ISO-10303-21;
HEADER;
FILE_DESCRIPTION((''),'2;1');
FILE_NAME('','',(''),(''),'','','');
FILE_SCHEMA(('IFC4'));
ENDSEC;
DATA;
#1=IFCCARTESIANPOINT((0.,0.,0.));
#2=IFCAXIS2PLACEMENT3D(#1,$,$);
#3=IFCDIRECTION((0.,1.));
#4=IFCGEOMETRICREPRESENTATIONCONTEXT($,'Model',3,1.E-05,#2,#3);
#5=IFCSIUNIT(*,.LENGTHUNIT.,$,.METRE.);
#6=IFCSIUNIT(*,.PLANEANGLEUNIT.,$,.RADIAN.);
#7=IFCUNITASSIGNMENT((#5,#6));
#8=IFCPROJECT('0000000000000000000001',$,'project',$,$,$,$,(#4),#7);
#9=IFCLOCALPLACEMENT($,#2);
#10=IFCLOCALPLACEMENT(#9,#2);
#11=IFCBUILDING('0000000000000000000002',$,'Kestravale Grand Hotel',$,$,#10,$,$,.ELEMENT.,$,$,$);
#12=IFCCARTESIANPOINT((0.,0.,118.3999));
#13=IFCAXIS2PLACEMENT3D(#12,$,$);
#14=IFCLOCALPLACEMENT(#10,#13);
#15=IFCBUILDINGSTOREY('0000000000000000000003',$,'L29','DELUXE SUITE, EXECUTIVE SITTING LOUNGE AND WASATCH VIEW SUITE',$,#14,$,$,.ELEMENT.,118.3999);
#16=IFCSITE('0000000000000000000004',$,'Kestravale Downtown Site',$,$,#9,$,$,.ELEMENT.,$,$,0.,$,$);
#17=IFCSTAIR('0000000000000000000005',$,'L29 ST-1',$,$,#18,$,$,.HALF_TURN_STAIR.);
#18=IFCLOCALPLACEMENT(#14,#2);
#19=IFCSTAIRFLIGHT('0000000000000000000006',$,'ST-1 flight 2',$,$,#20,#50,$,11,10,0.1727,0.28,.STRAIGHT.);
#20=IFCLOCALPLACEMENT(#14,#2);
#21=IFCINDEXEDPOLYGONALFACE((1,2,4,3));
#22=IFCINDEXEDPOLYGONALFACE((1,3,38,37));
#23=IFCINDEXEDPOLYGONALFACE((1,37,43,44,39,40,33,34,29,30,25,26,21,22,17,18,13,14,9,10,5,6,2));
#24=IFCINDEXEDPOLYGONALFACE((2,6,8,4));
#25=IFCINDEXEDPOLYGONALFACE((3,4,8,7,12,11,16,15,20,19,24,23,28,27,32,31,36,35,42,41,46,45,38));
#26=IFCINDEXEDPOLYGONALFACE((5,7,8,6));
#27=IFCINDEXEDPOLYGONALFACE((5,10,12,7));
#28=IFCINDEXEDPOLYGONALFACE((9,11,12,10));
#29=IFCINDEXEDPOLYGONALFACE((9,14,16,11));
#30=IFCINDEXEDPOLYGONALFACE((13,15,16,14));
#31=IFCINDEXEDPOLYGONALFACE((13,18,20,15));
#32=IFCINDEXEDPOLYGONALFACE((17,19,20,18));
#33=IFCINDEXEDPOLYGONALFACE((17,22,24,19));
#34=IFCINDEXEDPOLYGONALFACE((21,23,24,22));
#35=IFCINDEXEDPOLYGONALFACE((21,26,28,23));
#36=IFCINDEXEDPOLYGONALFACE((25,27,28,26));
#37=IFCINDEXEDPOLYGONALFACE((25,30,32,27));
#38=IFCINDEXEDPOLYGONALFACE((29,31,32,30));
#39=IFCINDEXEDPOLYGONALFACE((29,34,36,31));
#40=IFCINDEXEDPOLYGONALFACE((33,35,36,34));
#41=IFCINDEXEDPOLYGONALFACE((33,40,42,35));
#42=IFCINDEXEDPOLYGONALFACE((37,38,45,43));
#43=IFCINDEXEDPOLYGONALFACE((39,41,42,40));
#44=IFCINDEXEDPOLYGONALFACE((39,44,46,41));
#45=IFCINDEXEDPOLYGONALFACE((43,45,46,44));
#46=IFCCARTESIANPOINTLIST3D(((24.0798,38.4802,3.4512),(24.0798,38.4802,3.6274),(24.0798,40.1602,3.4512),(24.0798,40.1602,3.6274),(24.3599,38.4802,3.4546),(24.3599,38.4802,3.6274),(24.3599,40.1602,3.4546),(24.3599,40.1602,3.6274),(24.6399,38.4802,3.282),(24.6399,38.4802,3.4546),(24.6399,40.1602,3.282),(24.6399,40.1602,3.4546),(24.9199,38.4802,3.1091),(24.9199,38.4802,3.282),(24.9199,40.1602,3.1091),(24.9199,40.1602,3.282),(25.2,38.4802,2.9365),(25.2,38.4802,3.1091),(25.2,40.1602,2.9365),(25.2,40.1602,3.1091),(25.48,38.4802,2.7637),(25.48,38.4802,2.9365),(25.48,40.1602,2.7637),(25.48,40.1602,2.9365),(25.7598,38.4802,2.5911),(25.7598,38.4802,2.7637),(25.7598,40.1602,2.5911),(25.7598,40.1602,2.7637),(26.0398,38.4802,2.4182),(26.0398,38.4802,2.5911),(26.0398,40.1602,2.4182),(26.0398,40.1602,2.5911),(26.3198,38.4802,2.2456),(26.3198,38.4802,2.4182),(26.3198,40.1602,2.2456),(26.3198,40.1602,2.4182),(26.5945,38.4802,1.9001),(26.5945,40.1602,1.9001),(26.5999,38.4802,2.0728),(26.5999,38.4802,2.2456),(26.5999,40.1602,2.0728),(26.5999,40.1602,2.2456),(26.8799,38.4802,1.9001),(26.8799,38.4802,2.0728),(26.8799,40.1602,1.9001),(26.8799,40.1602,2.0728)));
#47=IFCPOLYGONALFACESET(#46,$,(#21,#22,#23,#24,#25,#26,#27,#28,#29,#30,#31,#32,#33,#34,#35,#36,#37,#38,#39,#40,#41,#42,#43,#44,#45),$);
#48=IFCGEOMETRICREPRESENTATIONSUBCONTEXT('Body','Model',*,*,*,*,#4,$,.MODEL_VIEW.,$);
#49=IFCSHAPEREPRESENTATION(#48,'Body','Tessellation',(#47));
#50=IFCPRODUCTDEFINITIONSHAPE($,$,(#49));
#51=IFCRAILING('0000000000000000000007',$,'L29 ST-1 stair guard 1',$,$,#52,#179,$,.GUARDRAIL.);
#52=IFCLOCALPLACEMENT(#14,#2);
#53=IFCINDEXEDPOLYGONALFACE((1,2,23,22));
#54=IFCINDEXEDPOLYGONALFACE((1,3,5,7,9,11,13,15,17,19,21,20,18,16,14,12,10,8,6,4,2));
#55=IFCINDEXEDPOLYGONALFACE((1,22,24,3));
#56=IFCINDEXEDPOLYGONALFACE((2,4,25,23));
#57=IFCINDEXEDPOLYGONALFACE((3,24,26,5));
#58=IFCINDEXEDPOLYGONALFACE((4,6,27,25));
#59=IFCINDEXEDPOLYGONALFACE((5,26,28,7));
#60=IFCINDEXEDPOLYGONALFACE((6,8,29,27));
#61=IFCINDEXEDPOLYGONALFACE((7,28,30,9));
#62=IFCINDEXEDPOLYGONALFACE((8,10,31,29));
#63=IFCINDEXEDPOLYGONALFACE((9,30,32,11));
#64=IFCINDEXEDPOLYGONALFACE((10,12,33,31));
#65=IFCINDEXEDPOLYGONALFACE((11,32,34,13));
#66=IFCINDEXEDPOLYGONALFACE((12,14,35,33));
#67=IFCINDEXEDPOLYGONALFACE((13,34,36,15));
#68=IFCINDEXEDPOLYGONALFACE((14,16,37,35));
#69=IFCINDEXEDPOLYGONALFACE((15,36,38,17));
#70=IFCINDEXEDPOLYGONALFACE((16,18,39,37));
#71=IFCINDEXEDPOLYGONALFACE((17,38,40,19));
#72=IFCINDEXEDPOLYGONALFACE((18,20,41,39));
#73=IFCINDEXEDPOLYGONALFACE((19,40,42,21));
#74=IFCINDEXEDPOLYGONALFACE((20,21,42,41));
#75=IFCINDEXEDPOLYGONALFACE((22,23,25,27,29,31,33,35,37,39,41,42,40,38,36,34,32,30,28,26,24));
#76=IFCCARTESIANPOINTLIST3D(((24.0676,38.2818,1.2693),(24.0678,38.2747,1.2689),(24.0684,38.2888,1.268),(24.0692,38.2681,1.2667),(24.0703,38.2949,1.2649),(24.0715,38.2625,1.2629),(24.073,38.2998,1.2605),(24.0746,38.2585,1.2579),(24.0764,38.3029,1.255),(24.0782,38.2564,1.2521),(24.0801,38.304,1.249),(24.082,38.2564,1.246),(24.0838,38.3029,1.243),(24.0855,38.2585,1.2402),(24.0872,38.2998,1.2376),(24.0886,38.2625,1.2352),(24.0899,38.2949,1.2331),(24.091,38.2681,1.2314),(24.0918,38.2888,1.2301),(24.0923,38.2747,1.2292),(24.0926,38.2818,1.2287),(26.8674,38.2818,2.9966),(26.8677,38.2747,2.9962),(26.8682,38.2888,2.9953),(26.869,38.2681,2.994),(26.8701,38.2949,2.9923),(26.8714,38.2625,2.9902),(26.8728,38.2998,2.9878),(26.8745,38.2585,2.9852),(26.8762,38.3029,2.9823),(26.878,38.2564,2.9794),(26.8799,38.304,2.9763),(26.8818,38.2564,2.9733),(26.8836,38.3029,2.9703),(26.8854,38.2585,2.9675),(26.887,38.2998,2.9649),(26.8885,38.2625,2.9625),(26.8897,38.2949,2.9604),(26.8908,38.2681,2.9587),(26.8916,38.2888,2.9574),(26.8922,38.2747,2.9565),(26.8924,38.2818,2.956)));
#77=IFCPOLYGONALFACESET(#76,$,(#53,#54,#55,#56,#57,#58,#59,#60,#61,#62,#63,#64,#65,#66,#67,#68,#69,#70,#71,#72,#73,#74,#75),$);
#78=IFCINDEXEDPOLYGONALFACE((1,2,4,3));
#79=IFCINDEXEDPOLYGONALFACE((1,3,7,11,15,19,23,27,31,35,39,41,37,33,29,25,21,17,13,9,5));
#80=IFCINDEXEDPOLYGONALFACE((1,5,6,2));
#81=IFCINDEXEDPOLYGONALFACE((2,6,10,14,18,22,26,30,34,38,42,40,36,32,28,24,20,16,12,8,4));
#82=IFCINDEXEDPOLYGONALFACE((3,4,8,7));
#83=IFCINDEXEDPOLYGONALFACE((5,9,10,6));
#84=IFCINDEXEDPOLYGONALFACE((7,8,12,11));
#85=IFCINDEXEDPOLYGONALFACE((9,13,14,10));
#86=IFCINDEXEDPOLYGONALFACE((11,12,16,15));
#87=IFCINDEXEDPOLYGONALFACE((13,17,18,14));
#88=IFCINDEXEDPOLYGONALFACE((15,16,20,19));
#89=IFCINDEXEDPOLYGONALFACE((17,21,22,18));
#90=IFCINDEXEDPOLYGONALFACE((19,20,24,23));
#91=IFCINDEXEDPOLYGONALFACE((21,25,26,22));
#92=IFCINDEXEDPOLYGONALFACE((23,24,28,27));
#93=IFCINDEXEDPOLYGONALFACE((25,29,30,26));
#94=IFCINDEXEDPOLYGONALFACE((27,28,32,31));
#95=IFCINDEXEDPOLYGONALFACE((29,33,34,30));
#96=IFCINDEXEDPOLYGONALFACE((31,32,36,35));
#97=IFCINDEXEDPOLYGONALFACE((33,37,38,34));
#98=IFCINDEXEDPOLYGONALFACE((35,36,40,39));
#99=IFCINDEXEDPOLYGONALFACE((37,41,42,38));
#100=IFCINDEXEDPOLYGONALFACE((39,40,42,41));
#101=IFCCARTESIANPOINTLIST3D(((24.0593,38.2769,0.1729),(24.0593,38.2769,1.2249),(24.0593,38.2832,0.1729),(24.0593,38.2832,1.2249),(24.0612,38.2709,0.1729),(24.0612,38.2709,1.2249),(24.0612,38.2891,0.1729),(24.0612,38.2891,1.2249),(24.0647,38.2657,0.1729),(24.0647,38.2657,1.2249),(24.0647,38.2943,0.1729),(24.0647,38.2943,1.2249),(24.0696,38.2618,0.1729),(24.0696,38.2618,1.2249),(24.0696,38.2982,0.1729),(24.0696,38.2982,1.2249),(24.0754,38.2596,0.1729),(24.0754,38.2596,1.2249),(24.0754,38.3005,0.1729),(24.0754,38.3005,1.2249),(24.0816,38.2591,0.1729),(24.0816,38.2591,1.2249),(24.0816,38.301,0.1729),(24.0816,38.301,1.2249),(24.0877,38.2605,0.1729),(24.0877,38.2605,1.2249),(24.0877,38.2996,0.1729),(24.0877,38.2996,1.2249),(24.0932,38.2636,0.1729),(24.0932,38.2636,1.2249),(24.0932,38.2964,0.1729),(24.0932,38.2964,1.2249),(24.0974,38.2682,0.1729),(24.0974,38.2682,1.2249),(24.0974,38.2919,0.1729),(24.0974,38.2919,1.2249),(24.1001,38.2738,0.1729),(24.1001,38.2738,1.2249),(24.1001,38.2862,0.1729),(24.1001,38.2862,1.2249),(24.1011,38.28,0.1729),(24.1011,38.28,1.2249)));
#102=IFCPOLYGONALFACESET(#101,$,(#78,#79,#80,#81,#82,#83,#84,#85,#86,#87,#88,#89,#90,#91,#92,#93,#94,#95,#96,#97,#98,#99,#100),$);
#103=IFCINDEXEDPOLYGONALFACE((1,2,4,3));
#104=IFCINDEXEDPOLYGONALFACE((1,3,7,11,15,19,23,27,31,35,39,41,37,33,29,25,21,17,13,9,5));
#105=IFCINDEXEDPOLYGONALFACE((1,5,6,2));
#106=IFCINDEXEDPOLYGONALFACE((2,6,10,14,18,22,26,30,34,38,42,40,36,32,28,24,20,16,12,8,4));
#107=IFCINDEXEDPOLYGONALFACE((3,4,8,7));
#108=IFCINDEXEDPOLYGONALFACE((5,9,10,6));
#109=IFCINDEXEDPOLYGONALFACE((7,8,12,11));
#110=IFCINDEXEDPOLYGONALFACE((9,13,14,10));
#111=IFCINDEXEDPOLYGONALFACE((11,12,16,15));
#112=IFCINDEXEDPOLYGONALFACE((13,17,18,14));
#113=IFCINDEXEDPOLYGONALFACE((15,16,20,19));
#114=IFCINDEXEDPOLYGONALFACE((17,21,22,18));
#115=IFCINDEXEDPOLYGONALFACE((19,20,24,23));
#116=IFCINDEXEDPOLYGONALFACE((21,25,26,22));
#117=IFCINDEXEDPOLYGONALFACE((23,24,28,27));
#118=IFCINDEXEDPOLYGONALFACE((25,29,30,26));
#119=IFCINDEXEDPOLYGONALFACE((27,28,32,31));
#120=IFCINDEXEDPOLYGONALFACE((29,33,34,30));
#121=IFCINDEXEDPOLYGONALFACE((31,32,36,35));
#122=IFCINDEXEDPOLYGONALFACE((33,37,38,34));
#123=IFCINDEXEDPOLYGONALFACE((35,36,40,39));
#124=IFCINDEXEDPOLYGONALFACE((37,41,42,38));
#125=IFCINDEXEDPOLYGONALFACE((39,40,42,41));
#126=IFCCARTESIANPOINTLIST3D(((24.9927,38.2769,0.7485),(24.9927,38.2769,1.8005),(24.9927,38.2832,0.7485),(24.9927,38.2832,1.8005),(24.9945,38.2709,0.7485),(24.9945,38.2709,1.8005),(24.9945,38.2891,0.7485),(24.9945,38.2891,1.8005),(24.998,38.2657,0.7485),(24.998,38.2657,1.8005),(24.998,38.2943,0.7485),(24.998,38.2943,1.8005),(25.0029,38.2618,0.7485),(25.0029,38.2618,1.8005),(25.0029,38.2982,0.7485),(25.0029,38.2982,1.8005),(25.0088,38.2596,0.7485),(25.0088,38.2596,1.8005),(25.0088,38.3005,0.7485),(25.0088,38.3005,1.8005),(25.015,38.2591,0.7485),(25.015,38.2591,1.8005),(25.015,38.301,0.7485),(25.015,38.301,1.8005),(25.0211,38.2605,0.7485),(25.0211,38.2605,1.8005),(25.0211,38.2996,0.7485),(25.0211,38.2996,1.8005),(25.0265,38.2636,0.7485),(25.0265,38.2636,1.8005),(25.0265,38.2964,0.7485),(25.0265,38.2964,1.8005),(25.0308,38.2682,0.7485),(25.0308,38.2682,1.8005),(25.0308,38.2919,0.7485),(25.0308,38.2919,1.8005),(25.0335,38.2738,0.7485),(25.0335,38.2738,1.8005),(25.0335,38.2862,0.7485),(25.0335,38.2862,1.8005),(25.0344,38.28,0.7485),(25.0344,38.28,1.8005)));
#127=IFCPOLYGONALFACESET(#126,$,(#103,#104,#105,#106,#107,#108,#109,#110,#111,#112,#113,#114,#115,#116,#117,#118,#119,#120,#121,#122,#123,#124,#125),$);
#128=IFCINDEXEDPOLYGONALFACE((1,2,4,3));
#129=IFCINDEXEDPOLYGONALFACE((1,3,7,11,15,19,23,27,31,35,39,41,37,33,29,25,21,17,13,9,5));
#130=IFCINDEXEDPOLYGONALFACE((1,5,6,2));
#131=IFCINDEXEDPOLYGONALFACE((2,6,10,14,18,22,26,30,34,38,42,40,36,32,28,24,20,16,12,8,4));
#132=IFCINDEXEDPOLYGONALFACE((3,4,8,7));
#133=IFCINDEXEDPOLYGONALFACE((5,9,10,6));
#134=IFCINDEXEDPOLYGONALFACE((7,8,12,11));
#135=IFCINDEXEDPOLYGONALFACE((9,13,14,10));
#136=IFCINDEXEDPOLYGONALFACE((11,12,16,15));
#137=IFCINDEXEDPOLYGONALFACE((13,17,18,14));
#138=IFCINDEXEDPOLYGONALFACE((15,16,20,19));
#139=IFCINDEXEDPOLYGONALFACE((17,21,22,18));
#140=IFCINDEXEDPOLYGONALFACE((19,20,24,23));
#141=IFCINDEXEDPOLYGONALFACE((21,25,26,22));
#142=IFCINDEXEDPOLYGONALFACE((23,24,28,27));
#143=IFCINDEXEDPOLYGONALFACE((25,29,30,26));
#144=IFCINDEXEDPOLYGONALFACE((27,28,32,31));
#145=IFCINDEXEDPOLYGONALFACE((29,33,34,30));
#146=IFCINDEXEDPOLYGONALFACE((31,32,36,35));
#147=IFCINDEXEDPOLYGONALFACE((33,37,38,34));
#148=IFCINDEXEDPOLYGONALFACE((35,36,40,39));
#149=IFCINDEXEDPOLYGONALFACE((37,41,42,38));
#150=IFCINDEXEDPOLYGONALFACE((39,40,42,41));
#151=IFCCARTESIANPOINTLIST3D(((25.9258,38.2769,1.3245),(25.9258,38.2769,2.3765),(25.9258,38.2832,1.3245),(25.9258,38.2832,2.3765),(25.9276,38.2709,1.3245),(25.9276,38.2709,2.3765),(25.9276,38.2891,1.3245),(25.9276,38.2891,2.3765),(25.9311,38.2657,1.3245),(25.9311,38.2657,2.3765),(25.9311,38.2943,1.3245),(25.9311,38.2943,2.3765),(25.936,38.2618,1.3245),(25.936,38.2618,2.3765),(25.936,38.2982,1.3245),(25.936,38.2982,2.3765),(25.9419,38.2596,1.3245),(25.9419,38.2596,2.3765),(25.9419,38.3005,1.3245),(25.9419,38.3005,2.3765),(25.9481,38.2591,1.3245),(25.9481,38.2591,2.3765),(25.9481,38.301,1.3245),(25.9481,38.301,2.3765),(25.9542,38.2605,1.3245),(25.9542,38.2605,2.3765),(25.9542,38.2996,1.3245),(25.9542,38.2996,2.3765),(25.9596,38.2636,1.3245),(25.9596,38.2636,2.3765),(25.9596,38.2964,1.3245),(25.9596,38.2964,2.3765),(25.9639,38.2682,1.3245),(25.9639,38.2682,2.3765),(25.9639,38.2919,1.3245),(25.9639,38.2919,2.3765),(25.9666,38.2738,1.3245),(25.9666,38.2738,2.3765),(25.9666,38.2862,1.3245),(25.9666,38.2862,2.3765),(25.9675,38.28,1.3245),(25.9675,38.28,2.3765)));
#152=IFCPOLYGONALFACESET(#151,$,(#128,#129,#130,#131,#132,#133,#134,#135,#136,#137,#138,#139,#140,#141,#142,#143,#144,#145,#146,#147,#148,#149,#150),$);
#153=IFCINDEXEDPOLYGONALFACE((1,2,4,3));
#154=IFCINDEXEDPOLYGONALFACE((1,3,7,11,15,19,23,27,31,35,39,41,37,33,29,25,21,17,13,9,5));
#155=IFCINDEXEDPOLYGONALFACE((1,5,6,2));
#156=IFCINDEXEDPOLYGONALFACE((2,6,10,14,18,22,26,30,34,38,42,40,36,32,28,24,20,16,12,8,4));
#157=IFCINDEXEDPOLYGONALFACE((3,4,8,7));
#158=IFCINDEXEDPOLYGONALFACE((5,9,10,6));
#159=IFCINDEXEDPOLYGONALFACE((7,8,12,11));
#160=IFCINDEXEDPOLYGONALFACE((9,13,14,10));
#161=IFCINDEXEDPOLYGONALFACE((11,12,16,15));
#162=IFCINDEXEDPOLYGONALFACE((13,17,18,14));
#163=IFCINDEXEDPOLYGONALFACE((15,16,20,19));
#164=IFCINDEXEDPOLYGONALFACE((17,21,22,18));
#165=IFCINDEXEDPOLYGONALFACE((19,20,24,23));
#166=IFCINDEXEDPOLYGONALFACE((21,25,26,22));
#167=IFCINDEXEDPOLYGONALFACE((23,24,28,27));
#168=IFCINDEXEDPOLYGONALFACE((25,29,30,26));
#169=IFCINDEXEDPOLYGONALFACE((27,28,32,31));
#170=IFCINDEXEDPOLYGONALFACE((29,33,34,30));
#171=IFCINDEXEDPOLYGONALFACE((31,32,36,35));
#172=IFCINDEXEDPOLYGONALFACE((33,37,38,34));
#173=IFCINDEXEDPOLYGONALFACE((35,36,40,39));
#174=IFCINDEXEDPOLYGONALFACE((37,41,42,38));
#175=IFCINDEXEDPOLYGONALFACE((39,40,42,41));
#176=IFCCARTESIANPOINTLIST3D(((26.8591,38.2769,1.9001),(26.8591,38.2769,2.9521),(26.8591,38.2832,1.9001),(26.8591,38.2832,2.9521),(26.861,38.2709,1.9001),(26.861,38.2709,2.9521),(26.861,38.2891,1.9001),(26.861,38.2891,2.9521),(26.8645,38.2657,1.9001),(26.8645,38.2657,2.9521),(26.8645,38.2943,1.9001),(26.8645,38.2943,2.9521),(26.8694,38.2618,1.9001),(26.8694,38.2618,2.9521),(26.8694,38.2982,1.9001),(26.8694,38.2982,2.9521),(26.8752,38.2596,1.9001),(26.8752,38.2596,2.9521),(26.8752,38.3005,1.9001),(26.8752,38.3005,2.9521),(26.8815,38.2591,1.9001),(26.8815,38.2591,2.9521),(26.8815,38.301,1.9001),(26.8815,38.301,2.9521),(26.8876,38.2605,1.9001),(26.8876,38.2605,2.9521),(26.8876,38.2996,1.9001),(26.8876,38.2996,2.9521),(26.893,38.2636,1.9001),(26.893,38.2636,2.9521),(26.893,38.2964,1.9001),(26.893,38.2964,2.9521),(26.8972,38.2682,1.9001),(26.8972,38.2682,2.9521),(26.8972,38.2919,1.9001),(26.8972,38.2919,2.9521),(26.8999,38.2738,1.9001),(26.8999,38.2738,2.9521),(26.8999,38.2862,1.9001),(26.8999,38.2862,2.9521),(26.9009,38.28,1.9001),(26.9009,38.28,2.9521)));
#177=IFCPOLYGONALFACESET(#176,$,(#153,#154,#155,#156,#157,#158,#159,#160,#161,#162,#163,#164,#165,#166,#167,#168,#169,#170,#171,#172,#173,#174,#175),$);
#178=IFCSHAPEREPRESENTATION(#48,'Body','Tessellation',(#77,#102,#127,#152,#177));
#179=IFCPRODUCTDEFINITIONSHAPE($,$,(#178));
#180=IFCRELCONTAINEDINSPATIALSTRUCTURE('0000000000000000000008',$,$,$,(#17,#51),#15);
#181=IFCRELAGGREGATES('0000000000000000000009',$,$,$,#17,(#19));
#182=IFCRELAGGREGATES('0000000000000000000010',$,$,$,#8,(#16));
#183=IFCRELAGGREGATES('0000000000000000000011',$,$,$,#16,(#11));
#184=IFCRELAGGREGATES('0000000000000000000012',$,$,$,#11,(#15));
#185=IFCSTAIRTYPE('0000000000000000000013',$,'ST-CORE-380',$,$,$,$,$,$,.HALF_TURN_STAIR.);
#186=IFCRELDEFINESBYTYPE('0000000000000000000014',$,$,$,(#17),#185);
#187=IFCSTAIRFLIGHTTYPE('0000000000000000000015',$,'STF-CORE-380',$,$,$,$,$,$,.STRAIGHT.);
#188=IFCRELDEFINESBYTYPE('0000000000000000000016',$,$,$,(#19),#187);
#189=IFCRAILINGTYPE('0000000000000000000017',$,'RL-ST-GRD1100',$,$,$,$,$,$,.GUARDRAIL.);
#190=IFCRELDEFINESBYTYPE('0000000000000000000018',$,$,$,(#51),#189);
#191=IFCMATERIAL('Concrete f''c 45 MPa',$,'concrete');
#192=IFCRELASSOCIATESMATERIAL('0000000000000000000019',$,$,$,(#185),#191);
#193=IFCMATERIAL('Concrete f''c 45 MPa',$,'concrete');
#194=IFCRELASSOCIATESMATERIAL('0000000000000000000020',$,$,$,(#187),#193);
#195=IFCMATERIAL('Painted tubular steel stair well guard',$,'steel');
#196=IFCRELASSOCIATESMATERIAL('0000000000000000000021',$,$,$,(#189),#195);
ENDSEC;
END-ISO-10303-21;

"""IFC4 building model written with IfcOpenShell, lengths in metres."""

from ifc_helpers import new_model, si_unit, direction, frame, origin, origin_2d, place, context, subcontext, project, spatial, polyline, circle, outline, extrude, material, type_object, element, aggregate, save


model = new_model("IFC4")

# Units and contexts
model_context = context("Model", 3, precision=1e-05, world=origin(), true_north=direction((0.0, 1.0)))
body_context = subcontext(model_context, "Body", "Model", "MODEL_VIEW")
ifc_project = project(units=[si_unit("LENGTHUNIT", "METRE"), si_unit("PLANEANGLEUNIT", "RADIAN")], contexts=[model_context])

# Site, building, storey
site_placement = place(None, origin())
site = spatial("IfcSite", under=ifc_project, at=site_placement, Name="Kestravale Downtown Site", CompositionType="ELEMENT", RefElevation=0.0)
building_placement = place(site_placement, origin())
building = spatial("IfcBuilding", under=site, at=building_placement, Name="Kestravale Grand Hotel", CompositionType="ELEMENT")
storey_placement = place(building_placement, frame((0.0, 0.0, 118.3999)))
storey = spatial("IfcBuildingStorey", under=building, at=storey_placement, Name="L29", Description="DELUXE SUITE, EXECUTIVE SITTING LOUNGE AND WASATCH VIEW SUITE", CompositionType="ELEMENT", Elevation=118.3999)

# Stair, stair flight
ifc_material_1 = material(Name="Concrete f'c 45 MPa", Category="concrete")
stair_type = type_object("IfcStairType", Name="ST-CORE-380", PredefinedType="HALF_TURN_STAIR", material=ifc_material_1)
stair_placement = place(storey_placement, origin())
stair = element("IfcStair", 1, at=stair_placement, inside=storey, type_object=stair_type, Name="L29 ST-1", PredefinedType="HALF_TURN_STAIR")
ifc_material_2 = material(Name="Concrete f'c 45 MPa", Category="concrete")
stair_flight_type = type_object("IfcStairFlightType", Name="STF-CORE-380", PredefinedType="STRAIGHT", material=ifc_material_2)
stair_flight_1_placement = place(storey_placement, frame((26.8799, 39.3201, 1.9001), z_axis=(0.0, 0.0, 1.0), x_axis=(-1.0, 0.0, 0.0)))
stair_flight_1 = element("IfcStairFlight", 2, at=stair_flight_1_placement, type_object=stair_flight_type, Name="ST-1 flight 2", NumberOfRisers=11, NumberOfTreads=10, PredefinedType="STRAIGHT", RiserHeight=0.1727, TreadLength=0.28, context=body_context, shape_type="SweptSolid", body=[
    extrude(outline(polyline([(0.0, 0.0), (0.0, 0.1726), (0.28, 0.1726), (0.28, 0.3455), (0.5601, 0.3455), (0.5601, 0.5181), (0.8401, 0.5181), (0.8401, 0.6909), (1.1201, 0.6909), (1.1201, 0.8635), (1.3999, 0.8635), (1.3999, 1.0364), (1.6799, 1.0364), (1.6799, 1.209), (1.96, 1.209), (1.96, 1.3818), (2.24, 1.3818), (2.24, 1.5544), (2.52, 1.5544), (2.52, 1.7273), (2.8, 1.7273), (2.8, 1.8999), (2.8, 1.551), (0.2854, 0.0), (0.0, 0.0)])), frame((0.0, 0.8398, 0.0), z_axis=(0.0, -1.0, 0.0), x_axis=(1.0, 0.0, 0.0)), (0.0, 0.0, 1.0), 1.6799),
])
aggregate(stair, [stair_flight_1])

# Railing
ifc_material_3 = material(Name="Painted tubular steel stair well guard", Category="steel")
railing_type_1 = type_object("IfcRailingType", Name="RL-ST-GRD1100", PredefinedType="GUARDRAIL", material=ifc_material_3)
railing_1_placement = place(storey_placement, frame((24.0801, 38.28, 0.1729)))
element("IfcRailing", 3, at=railing_1_placement, inside=storey, type_object=railing_type_1, Name="L29 ST-1 stair guard 1", PredefinedType="GUARDRAIL", context=body_context, shape_type="SweptSolid", body=[
    extrude(circle(Radius=0.0239, at=origin_2d()), frame((0.0, 0.0, 1.0762), z_axis=(0.851069, 0.0, 0.525054), x_axis=(0.0, 1.0, 0.0)), (0.0, 0.0, 1.0), 3.2898),
    extrude(circle(Radius=0.021, at=origin_2d()), origin(), (0.0, 0.0, 1.0), 1.052),
    extrude(circle(Radius=0.021, at=origin_2d()), frame((0.9333, 0.0, 0.5757)), (0.0, 0.0, 1.0), 1.052),
    extrude(circle(Radius=0.021, at=origin_2d()), frame((1.8665, 0.0, 1.1516)), (0.0, 0.0, 1.0), 1.052),
    extrude(circle(Radius=0.021, at=origin_2d()), frame((2.7998, 0.0, 1.7273)), (0.0, 0.0, 1.0), 1.052),
])

save(model, "model.ifc")
